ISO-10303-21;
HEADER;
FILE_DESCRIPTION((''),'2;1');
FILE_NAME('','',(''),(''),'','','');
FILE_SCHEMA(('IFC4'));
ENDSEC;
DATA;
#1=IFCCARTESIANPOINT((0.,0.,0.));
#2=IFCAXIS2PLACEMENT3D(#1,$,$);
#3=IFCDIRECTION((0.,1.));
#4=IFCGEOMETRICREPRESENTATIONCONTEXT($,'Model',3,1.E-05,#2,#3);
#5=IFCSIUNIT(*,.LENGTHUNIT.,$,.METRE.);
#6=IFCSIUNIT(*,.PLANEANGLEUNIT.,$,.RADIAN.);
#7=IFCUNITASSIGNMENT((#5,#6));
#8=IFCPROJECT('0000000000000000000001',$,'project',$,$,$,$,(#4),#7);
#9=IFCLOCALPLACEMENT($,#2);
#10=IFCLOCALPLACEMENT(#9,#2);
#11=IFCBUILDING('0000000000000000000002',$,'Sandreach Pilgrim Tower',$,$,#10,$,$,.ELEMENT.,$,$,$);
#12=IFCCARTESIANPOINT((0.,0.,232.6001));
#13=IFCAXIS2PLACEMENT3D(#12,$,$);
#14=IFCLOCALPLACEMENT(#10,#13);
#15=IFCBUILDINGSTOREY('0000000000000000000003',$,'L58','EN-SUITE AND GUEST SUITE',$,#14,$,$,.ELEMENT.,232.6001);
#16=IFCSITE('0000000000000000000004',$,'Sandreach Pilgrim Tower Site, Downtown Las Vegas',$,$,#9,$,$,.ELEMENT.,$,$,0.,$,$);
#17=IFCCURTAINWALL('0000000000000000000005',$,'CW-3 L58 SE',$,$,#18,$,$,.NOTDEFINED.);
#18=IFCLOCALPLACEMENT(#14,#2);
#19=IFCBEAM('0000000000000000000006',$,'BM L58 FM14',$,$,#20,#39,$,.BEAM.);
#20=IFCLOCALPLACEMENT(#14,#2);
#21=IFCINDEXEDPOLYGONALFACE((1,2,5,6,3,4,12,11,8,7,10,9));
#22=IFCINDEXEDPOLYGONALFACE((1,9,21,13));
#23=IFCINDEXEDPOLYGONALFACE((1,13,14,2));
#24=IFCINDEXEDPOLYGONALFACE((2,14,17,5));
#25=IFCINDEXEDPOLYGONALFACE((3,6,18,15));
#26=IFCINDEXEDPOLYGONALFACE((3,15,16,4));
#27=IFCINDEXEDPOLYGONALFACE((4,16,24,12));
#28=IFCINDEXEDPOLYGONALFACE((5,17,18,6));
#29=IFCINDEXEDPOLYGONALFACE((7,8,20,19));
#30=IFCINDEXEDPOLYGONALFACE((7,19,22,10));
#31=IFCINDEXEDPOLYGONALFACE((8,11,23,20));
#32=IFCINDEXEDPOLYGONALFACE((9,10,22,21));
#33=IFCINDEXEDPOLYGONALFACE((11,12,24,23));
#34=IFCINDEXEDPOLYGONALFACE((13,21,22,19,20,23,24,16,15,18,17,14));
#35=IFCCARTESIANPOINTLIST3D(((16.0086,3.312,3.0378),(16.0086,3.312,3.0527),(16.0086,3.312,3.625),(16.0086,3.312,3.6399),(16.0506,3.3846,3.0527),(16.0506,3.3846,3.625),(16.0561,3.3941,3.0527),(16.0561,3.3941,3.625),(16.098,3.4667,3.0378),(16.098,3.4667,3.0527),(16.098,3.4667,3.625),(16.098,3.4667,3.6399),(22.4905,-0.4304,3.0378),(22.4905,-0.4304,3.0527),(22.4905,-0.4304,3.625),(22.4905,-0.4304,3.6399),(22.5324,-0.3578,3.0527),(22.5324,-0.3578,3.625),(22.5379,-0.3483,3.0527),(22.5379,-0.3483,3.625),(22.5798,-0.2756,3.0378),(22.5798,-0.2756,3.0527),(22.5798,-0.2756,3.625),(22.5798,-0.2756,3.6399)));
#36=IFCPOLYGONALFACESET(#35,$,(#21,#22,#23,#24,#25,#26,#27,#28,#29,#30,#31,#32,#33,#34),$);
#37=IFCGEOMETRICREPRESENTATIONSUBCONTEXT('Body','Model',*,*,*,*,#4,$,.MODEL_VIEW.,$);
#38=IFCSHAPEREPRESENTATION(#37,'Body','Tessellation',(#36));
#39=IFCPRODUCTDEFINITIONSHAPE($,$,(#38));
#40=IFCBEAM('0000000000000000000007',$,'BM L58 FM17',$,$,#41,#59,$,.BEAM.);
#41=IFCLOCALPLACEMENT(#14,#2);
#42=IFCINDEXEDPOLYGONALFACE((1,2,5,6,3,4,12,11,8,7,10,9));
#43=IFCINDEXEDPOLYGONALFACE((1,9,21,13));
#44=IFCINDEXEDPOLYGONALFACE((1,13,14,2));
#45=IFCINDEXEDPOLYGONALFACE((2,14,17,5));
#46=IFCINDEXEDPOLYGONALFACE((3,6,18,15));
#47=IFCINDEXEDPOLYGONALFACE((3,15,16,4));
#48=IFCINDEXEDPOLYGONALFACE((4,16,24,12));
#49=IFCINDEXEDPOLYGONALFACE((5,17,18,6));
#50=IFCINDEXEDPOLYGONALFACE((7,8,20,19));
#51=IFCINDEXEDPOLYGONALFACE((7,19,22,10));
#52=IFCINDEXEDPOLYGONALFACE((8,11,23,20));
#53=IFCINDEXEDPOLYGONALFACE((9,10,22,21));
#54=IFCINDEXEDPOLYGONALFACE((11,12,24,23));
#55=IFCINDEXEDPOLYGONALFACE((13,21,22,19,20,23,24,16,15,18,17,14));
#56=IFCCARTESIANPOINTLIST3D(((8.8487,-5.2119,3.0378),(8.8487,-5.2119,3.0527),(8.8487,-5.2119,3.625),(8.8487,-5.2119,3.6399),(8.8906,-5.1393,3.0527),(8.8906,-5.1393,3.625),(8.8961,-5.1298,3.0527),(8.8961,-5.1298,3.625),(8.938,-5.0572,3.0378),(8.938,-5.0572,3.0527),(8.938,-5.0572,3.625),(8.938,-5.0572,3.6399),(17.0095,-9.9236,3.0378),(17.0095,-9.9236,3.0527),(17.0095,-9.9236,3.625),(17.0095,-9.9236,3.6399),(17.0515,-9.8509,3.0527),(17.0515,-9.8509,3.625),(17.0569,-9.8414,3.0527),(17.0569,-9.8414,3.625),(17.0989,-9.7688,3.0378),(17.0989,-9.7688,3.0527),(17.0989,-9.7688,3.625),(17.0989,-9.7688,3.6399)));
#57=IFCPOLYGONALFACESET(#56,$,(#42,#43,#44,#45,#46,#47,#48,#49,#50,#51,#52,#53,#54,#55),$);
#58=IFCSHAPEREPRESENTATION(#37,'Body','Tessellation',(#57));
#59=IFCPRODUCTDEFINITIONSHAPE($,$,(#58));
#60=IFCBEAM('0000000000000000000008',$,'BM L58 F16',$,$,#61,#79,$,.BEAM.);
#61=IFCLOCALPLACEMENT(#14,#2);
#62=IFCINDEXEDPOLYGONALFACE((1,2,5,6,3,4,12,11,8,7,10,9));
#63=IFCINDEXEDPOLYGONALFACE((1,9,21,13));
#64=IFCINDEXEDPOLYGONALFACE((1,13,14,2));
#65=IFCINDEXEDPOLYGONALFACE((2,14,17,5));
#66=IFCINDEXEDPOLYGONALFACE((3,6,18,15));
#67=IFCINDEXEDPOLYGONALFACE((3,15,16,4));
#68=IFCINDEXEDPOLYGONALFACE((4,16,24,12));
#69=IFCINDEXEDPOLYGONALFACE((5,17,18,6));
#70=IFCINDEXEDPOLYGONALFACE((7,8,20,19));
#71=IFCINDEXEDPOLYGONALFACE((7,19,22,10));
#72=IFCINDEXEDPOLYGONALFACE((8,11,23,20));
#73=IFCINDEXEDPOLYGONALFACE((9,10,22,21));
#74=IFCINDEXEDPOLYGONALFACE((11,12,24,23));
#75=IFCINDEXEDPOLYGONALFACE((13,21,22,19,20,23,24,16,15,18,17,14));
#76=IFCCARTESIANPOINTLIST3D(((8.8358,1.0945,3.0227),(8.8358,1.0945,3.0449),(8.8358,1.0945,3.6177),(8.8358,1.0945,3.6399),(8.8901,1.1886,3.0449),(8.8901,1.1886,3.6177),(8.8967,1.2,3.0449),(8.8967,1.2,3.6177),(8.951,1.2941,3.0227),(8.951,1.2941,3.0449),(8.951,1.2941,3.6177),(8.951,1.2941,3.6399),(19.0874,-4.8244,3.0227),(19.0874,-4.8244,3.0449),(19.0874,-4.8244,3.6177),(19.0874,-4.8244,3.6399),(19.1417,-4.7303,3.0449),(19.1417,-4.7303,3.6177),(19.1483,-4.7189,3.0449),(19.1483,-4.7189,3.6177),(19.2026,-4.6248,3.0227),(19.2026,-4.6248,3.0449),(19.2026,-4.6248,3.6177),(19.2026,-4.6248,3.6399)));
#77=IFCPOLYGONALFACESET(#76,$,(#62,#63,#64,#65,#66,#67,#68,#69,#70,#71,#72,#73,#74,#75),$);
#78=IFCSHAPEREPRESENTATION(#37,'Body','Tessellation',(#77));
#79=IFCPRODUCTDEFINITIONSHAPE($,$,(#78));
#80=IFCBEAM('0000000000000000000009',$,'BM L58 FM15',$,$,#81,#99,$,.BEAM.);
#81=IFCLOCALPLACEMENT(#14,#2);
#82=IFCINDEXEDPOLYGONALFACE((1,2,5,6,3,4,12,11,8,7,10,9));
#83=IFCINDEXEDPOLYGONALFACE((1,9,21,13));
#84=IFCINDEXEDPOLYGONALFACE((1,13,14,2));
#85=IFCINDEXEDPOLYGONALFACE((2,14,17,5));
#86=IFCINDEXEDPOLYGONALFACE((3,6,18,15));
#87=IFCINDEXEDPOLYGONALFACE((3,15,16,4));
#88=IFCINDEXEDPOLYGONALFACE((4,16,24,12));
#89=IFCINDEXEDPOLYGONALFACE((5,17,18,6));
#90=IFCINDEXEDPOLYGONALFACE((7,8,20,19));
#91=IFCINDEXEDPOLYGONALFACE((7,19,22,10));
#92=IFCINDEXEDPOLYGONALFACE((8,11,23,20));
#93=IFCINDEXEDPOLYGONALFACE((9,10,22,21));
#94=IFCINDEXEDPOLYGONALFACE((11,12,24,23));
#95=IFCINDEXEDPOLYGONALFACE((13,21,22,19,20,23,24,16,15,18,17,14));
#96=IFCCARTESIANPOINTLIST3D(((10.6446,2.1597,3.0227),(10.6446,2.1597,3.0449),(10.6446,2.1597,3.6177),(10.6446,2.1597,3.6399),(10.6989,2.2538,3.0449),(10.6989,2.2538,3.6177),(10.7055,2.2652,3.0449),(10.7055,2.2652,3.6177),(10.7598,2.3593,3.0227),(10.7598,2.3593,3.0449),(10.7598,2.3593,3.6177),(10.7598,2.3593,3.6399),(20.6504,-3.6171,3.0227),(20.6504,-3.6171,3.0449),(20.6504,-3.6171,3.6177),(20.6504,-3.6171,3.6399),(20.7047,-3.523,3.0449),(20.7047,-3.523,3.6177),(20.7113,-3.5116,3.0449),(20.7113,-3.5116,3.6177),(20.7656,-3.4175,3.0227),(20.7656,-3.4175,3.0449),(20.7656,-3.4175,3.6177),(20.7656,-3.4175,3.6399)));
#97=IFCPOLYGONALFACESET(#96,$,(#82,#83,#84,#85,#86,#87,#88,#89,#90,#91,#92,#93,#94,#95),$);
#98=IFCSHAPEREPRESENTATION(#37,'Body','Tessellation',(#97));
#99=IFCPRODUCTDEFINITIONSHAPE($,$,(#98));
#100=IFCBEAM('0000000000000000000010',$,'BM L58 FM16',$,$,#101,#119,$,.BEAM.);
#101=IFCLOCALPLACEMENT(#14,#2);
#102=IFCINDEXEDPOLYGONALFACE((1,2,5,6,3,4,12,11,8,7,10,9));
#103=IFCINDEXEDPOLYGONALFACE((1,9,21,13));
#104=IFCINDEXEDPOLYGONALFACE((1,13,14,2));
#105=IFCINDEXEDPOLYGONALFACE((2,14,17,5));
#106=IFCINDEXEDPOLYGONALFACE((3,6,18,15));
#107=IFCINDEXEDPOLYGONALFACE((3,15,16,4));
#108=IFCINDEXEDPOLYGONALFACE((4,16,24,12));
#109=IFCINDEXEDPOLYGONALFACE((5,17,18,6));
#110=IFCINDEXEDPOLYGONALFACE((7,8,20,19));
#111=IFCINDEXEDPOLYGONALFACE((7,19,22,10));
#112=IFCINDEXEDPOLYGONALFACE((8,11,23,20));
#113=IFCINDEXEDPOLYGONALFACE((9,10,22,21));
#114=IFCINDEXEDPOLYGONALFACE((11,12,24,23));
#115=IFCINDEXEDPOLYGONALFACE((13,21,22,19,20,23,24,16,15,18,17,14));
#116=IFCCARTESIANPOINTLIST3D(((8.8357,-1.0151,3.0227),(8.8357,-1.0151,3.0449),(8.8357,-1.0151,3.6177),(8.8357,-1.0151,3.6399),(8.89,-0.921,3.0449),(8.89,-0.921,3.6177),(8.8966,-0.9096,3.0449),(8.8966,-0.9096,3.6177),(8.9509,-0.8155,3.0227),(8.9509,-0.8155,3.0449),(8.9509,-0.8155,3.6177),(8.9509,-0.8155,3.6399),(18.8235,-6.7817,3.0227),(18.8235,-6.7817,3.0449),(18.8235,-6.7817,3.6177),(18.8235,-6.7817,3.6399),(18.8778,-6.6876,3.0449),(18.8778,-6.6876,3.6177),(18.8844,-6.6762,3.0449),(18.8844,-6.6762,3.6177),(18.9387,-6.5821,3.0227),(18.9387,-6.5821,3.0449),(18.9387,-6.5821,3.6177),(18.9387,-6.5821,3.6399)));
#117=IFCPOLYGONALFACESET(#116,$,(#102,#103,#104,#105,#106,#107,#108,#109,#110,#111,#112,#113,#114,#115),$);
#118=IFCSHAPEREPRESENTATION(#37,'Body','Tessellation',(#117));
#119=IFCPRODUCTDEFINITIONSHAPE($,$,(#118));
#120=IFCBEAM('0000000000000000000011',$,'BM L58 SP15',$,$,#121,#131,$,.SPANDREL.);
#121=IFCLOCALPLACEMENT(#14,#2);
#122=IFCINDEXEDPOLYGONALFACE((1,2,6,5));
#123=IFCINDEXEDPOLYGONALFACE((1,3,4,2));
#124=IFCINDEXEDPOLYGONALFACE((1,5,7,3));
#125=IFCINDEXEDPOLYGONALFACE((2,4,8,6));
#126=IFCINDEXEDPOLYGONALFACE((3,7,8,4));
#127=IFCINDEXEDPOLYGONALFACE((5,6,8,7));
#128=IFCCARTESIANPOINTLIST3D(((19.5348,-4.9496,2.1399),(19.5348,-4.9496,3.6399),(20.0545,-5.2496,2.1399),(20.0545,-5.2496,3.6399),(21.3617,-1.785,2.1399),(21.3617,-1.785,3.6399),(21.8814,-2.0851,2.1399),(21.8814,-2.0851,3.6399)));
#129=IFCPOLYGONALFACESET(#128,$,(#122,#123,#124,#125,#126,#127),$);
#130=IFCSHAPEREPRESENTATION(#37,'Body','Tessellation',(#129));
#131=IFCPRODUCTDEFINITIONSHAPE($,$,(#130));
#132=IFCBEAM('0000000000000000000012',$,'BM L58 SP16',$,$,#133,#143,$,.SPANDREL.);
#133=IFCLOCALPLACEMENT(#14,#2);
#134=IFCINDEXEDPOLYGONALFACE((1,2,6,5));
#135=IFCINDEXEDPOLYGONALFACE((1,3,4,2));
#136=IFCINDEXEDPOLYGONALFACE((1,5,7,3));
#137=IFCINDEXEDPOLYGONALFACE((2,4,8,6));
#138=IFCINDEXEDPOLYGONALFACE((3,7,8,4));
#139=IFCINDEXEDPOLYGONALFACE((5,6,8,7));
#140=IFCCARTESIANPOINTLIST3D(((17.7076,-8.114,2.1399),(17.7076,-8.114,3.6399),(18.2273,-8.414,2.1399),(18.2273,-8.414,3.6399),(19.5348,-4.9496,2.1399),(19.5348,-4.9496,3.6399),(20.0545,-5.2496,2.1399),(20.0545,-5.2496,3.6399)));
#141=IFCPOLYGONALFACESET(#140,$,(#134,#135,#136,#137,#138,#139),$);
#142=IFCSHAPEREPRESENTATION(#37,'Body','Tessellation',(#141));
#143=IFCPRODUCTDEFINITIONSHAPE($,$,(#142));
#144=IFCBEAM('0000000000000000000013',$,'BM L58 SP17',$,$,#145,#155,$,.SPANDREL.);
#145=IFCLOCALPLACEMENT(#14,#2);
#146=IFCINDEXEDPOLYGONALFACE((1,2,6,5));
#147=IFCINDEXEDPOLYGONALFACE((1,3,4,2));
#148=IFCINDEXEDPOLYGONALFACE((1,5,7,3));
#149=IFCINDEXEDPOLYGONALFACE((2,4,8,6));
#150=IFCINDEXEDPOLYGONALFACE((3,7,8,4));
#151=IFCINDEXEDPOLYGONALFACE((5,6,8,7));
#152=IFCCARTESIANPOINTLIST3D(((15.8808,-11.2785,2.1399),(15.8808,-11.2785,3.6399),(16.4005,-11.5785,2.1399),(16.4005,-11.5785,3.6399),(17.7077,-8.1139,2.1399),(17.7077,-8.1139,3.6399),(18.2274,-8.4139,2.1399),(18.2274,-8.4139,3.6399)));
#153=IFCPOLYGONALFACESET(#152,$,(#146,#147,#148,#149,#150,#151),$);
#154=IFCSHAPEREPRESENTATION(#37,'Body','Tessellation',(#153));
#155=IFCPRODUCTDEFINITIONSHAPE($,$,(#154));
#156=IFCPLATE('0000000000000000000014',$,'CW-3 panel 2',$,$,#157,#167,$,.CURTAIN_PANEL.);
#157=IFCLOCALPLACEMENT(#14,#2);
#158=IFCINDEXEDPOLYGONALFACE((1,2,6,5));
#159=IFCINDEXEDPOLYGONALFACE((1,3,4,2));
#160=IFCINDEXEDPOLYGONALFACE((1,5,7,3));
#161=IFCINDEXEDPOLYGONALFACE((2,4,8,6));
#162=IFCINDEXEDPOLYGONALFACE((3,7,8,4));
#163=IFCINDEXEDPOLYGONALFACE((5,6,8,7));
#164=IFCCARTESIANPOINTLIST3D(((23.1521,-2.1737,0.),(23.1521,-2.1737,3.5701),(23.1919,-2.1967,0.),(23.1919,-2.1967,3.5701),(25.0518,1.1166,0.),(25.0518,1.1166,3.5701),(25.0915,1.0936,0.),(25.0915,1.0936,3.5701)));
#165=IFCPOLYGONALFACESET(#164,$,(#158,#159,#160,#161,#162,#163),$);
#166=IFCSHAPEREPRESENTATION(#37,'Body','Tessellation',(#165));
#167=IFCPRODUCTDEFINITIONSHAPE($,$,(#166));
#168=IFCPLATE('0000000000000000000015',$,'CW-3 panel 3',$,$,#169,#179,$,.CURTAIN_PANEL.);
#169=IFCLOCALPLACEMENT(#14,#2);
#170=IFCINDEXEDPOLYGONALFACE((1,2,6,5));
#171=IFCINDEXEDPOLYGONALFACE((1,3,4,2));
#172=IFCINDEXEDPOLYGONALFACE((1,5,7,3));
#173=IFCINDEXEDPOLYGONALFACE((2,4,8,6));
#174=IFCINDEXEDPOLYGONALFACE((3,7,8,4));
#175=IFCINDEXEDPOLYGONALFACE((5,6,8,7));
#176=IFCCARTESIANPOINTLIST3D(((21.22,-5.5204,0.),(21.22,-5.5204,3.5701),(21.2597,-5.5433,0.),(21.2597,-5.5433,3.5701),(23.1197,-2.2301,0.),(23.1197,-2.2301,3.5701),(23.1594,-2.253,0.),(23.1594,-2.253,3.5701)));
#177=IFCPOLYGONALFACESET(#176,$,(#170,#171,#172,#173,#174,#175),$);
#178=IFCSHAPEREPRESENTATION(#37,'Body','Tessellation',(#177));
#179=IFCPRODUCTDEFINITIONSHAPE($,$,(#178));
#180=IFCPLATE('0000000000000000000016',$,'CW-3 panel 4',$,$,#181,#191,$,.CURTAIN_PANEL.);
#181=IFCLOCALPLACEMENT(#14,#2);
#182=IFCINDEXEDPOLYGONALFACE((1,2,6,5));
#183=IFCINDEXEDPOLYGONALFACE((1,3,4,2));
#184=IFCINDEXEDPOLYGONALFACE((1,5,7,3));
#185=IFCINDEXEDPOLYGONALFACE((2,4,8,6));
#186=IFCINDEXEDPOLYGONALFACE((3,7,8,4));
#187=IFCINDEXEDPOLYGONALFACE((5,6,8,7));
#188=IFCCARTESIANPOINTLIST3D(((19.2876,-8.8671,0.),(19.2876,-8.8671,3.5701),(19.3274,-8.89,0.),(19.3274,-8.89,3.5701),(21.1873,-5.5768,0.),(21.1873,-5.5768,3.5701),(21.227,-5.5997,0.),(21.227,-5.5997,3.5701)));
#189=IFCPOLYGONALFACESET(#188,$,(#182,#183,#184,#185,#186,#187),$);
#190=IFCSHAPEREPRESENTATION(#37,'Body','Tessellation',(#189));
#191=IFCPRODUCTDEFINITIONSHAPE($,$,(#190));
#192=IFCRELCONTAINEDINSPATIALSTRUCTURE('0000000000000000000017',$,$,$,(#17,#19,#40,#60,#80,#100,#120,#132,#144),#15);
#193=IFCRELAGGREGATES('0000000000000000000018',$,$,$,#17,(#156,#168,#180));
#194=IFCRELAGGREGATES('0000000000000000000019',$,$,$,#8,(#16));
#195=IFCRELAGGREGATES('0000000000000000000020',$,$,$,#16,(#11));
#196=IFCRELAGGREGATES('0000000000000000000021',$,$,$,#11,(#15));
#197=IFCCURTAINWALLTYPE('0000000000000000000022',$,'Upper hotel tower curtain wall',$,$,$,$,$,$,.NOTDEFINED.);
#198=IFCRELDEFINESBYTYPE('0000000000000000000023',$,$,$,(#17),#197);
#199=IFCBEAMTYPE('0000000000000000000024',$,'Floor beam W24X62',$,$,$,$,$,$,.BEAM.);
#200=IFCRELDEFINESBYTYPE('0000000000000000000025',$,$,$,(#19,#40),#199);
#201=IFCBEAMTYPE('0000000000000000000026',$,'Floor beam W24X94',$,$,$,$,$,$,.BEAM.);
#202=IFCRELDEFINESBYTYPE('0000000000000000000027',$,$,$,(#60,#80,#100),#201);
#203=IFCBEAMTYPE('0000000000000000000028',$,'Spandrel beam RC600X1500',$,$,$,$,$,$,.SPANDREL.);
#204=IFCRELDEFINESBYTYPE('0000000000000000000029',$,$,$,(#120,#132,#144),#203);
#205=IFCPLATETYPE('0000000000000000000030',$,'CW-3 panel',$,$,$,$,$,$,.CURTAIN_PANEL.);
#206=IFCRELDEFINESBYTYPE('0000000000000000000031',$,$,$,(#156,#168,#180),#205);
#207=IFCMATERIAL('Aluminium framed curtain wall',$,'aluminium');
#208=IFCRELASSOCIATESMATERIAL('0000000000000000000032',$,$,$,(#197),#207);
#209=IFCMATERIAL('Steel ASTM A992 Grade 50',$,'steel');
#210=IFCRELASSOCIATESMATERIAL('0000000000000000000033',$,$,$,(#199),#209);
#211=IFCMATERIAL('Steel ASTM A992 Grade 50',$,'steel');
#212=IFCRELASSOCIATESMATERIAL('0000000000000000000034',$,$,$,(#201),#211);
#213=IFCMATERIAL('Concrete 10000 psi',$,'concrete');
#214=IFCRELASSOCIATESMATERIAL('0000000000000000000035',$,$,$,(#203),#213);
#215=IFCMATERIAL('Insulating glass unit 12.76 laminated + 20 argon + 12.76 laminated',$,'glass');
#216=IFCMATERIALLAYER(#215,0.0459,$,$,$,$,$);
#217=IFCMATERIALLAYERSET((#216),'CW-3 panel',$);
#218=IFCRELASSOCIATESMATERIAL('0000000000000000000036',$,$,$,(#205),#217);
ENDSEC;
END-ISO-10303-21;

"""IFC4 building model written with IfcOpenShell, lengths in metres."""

from ifc_helpers import new_model, si_unit, direction, frame, origin, origin_2d, place, context, subcontext, project, spatial, rectangle, i_section, extrude, material, layer, layer_set, material_profile, profile_set, type_object, element, aggregate, save


model = new_model("IFC4")

# Units and contexts
model_context = context("Model", 3, precision=1e-05, world=origin(), true_north=direction((0.0, 1.0)))
body_context = subcontext(model_context, "Body", "Model", "MODEL_VIEW")
ifc_project = project(units=[si_unit("LENGTHUNIT", "METRE"), si_unit("PLANEANGLEUNIT", "RADIAN")], contexts=[model_context])

# Site, building, storey
site_placement = place(None, origin())
site = spatial("IfcSite", under=ifc_project, at=site_placement, Name="Sandreach Pilgrim Tower Site, Downtown Las Vegas", CompositionType="ELEMENT", RefElevation=0.0)
building_placement = place(site_placement, origin())
building = spatial("IfcBuilding", under=site, at=building_placement, Name="Sandreach Pilgrim Tower", CompositionType="ELEMENT")
storey_placement = place(building_placement, frame((0.0, 0.0, 232.6001)))
storey = spatial("IfcBuildingStorey", under=building, at=storey_placement, Name="L58", Description="EN-SUITE AND GUEST SUITE", CompositionType="ELEMENT", Elevation=232.6001)

# Curtain wall
ifc_material_1 = material(Name="Aluminium framed curtain wall", Category="aluminium")
curtain_wall_type = type_object("IfcCurtainWallType", Name="Upper hotel tower curtain wall", PredefinedType="NOTDEFINED", material=ifc_material_1)
curtain_wall_placement = place(storey_placement, origin())
curtain_wall = element("IfcCurtainWall", 1, at=curtain_wall_placement, inside=storey, type_object=curtain_wall_type, Name="CW-3 L58 SE", PredefinedType="NOTDEFINED")

# Beams
ifc_material_2 = material(Name="Steel ASTM A992 Grade 50", Category="steel")
ifc_material_profile_1 = material_profile(ifc_material_2, i_section(OverallWidth=0.1787, OverallDepth=0.6021, WebThickness=0.011, FlangeThickness=0.0149, at=origin_2d()), Name="W24X62")
ifc_profile_set_1 = profile_set([ifc_material_profile_1], Name="Steel ASTM A992 Grade 50")
beam_type_1 = type_object("IfcBeamType", Name="Floor beam W24X62", PredefinedType="BEAM", material=ifc_profile_set_1)
beam_1_placement = place(storey_placement, frame((22.5352, -0.353, 3.3389), z_axis=(-0.86602, 0.500009, 0.0), x_axis=(-0.500009, -0.86602, 0.0)))
element("IfcBeam", 2, at=beam_1_placement, inside=storey, type_object=beam_type_1, Name="BM L58 FM14", PredefinedType="BEAM", context=body_context, shape_type="SweptSolid", body=[
    extrude(i_section(OverallWidth=0.1787, OverallDepth=0.6021, WebThickness=0.011, FlangeThickness=0.0149, at=origin_2d()), origin(), (0.0, 0.0, 1.0), 7.4846),
])
beam_2_placement = place(storey_placement, frame((17.0542, -9.8462, 3.3389), z_axis=(-0.866026, 0.499998, 0.0), x_axis=(-0.499998, -0.866026, 0.0)))
element("IfcBeam", 3, at=beam_2_placement, inside=storey, type_object=beam_type_1, Name="BM L58 FM17", PredefinedType="BEAM", context=body_context, shape_type="SweptSolid", body=[
    extrude(i_section(OverallWidth=0.1787, OverallDepth=0.6021, WebThickness=0.011, FlangeThickness=0.0149, at=origin_2d()), origin(), (0.0, 0.0, 1.0), 9.4233),
])
ifc_material_3 = material(Name="Steel ASTM A992 Grade 50", Category="steel")
ifc_material_profile_2 = material_profile(ifc_material_3, i_section(OverallWidth=0.2305, OverallDepth=0.6172, WebThickness=0.0132, FlangeThickness=0.0222, at=origin_2d()), Name="W24X94")
ifc_profile_set_2 = profile_set([ifc_material_profile_2], Name="Steel ASTM A992 Grade 50")
beam_type_2 = type_object("IfcBeamType", Name="Floor beam W24X94", PredefinedType="BEAM", material=ifc_profile_set_2)
beam_3_placement = place(storey_placement, frame((19.145, -4.7246, 3.3313), z_axis=(-0.866021, 0.500007, 0.0), x_axis=(-0.500007, -0.866021, 0.0)))
element("IfcBeam", 4, at=beam_3_placement, inside=storey, type_object=beam_type_2, Name="BM L58 F16", PredefinedType="BEAM", context=body_context, shape_type="SweptSolid", body=[
    extrude(i_section(OverallWidth=0.2305, OverallDepth=0.6172, WebThickness=0.0132, FlangeThickness=0.0222, at=origin_2d()), origin(), (0.0, 0.0, 1.0), 11.8376),
])
beam_4_placement = place(storey_placement, frame((20.708, -3.5173, 3.3313), z_axis=(-0.866027, 0.499998, 0.0), x_axis=(-0.499998, -0.866027, 0.0)))
element("IfcBeam", 5, at=beam_4_placement, inside=storey, type_object=beam_type_2, Name="BM L58 FM15", PredefinedType="BEAM", context=body_context, shape_type="SweptSolid", body=[
    extrude(i_section(OverallWidth=0.2305, OverallDepth=0.6172, WebThickness=0.0132, FlangeThickness=0.0222, at=origin_2d()), origin(), (0.0, 0.0, 1.0), 11.5537),
])
beam_5_placement = place(storey_placement, frame((18.8811, -6.6819, 3.3313), z_axis=(-0.86602, 0.50001, 0.0), x_axis=(-0.50001, -0.86602, 0.0)))
element("IfcBeam", 6, at=beam_5_placement, inside=storey, type_object=beam_type_2, Name="BM L58 FM16", PredefinedType="BEAM", context=body_context, shape_type="SweptSolid", body=[
    extrude(i_section(OverallWidth=0.2305, OverallDepth=0.6172, WebThickness=0.0132, FlangeThickness=0.0222, at=origin_2d()), origin(), (0.0, 0.0, 1.0), 11.533),
])
ifc_material_4 = material(Name="Concrete 10000 psi", Category="concrete")
ifc_material_profile_3 = material_profile(ifc_material_4, rectangle(XDim=0.6001, YDim=1.5, at=origin_2d()), Name="RC600X1500")
ifc_profile_set_3 = profile_set([ifc_material_profile_3], Name="Concrete 10000 psi")
beam_type_3 = type_object("IfcBeamType", Name="Spandrel beam RC600X1500", PredefinedType="SPANDREL", material=ifc_profile_set_3)
for number, where, z_axis, x_axis, name in (
    (7, (21.6216, -1.9351, 2.8899), (-0.499969, -0.866043, 0.0), (0.866043, -0.499969, 0.0), "BM L58 SP15"),
    (8, (19.7947, -5.0996, 2.8899), (-0.500048, -0.865998, 0.0), (0.865998, -0.500048, 0.0), "BM L58 SP16"),
    (9, (17.9675, -8.2639, 2.8899), (-0.499969, -0.866043, 0.0), (0.866043, -0.499969, 0.0), "BM L58 SP17"),
):
    element("IfcBeam", number, at=place(storey_placement, frame(where, z_axis=z_axis, x_axis=x_axis)), inside=storey, type_object=beam_type_3, Name=name, PredefinedType="SPANDREL", context=body_context, shape_type="SweptSolid", body=[
        extrude(rectangle(XDim=0.6001, YDim=1.5, at=origin_2d()), origin(), (0.0, 0.0, 1.0), 3.6541),
    ])

# Plates
ifc_material_5 = material(Name="Insulating glass unit 12.76 laminated + 20 argon + 12.76 laminated", Category="glass")
ifc_layer_1 = layer(ifc_material_5, 0.0459)
ifc_layer_set_1 = layer_set([ifc_layer_1], Name="CW-3 panel")
plate_type = type_object("IfcPlateType", Name="CW-3 panel", PredefinedType="CURTAIN_PANEL", material=ifc_layer_set_1)
plate_1_placement = place(storey_placement, frame((24.1218, -0.54, 0.0), z_axis=(0.0, 0.0, 1.0), x_axis=(-0.5, -0.866025, 0.0)))
plate_1 = element("IfcPlate", 10, at=plate_1_placement, type_object=plate_type, Name="CW-3 panel 2", PredefinedType="CURTAIN_PANEL", context=body_context, shape_type="SweptSolid", body=[
    extrude(rectangle(XDim=3.7993, YDim=0.0459, at=origin_2d()), origin(), (0.0, 0.0, 1.0), 3.5701),
])
plate_2_placement = place(storey_placement, frame((22.1897, -3.8867, 0.0), z_axis=(0.0, 0.0, 1.0), x_axis=(-0.5, -0.866025, 0.0)))
plate_2 = element("IfcPlate", 11, at=plate_2_placement, type_object=plate_type, Name="CW-3 panel 3", PredefinedType="CURTAIN_PANEL", context=body_context, shape_type="SweptSolid", body=[
    extrude(rectangle(XDim=3.7993, YDim=0.0459, at=origin_2d()), origin(), (0.0, 0.0, 1.0), 3.5701),
])
plate_3_placement = place(storey_placement, frame((20.2573, -7.2334, 0.0), z_axis=(0.0, 0.0, 1.0), x_axis=(-0.5, -0.866025, 0.0)))
plate_3 = element("IfcPlate", 12, at=plate_3_placement, type_object=plate_type, Name="CW-3 panel 4", PredefinedType="CURTAIN_PANEL", context=body_context, shape_type="SweptSolid", body=[
    extrude(rectangle(XDim=3.7993, YDim=0.0459, at=origin_2d()), origin(), (0.0, 0.0, 1.0), 3.5701),
])
aggregate(curtain_wall, [plate_1, plate_2, plate_3])

save(model, "model.ifc")
